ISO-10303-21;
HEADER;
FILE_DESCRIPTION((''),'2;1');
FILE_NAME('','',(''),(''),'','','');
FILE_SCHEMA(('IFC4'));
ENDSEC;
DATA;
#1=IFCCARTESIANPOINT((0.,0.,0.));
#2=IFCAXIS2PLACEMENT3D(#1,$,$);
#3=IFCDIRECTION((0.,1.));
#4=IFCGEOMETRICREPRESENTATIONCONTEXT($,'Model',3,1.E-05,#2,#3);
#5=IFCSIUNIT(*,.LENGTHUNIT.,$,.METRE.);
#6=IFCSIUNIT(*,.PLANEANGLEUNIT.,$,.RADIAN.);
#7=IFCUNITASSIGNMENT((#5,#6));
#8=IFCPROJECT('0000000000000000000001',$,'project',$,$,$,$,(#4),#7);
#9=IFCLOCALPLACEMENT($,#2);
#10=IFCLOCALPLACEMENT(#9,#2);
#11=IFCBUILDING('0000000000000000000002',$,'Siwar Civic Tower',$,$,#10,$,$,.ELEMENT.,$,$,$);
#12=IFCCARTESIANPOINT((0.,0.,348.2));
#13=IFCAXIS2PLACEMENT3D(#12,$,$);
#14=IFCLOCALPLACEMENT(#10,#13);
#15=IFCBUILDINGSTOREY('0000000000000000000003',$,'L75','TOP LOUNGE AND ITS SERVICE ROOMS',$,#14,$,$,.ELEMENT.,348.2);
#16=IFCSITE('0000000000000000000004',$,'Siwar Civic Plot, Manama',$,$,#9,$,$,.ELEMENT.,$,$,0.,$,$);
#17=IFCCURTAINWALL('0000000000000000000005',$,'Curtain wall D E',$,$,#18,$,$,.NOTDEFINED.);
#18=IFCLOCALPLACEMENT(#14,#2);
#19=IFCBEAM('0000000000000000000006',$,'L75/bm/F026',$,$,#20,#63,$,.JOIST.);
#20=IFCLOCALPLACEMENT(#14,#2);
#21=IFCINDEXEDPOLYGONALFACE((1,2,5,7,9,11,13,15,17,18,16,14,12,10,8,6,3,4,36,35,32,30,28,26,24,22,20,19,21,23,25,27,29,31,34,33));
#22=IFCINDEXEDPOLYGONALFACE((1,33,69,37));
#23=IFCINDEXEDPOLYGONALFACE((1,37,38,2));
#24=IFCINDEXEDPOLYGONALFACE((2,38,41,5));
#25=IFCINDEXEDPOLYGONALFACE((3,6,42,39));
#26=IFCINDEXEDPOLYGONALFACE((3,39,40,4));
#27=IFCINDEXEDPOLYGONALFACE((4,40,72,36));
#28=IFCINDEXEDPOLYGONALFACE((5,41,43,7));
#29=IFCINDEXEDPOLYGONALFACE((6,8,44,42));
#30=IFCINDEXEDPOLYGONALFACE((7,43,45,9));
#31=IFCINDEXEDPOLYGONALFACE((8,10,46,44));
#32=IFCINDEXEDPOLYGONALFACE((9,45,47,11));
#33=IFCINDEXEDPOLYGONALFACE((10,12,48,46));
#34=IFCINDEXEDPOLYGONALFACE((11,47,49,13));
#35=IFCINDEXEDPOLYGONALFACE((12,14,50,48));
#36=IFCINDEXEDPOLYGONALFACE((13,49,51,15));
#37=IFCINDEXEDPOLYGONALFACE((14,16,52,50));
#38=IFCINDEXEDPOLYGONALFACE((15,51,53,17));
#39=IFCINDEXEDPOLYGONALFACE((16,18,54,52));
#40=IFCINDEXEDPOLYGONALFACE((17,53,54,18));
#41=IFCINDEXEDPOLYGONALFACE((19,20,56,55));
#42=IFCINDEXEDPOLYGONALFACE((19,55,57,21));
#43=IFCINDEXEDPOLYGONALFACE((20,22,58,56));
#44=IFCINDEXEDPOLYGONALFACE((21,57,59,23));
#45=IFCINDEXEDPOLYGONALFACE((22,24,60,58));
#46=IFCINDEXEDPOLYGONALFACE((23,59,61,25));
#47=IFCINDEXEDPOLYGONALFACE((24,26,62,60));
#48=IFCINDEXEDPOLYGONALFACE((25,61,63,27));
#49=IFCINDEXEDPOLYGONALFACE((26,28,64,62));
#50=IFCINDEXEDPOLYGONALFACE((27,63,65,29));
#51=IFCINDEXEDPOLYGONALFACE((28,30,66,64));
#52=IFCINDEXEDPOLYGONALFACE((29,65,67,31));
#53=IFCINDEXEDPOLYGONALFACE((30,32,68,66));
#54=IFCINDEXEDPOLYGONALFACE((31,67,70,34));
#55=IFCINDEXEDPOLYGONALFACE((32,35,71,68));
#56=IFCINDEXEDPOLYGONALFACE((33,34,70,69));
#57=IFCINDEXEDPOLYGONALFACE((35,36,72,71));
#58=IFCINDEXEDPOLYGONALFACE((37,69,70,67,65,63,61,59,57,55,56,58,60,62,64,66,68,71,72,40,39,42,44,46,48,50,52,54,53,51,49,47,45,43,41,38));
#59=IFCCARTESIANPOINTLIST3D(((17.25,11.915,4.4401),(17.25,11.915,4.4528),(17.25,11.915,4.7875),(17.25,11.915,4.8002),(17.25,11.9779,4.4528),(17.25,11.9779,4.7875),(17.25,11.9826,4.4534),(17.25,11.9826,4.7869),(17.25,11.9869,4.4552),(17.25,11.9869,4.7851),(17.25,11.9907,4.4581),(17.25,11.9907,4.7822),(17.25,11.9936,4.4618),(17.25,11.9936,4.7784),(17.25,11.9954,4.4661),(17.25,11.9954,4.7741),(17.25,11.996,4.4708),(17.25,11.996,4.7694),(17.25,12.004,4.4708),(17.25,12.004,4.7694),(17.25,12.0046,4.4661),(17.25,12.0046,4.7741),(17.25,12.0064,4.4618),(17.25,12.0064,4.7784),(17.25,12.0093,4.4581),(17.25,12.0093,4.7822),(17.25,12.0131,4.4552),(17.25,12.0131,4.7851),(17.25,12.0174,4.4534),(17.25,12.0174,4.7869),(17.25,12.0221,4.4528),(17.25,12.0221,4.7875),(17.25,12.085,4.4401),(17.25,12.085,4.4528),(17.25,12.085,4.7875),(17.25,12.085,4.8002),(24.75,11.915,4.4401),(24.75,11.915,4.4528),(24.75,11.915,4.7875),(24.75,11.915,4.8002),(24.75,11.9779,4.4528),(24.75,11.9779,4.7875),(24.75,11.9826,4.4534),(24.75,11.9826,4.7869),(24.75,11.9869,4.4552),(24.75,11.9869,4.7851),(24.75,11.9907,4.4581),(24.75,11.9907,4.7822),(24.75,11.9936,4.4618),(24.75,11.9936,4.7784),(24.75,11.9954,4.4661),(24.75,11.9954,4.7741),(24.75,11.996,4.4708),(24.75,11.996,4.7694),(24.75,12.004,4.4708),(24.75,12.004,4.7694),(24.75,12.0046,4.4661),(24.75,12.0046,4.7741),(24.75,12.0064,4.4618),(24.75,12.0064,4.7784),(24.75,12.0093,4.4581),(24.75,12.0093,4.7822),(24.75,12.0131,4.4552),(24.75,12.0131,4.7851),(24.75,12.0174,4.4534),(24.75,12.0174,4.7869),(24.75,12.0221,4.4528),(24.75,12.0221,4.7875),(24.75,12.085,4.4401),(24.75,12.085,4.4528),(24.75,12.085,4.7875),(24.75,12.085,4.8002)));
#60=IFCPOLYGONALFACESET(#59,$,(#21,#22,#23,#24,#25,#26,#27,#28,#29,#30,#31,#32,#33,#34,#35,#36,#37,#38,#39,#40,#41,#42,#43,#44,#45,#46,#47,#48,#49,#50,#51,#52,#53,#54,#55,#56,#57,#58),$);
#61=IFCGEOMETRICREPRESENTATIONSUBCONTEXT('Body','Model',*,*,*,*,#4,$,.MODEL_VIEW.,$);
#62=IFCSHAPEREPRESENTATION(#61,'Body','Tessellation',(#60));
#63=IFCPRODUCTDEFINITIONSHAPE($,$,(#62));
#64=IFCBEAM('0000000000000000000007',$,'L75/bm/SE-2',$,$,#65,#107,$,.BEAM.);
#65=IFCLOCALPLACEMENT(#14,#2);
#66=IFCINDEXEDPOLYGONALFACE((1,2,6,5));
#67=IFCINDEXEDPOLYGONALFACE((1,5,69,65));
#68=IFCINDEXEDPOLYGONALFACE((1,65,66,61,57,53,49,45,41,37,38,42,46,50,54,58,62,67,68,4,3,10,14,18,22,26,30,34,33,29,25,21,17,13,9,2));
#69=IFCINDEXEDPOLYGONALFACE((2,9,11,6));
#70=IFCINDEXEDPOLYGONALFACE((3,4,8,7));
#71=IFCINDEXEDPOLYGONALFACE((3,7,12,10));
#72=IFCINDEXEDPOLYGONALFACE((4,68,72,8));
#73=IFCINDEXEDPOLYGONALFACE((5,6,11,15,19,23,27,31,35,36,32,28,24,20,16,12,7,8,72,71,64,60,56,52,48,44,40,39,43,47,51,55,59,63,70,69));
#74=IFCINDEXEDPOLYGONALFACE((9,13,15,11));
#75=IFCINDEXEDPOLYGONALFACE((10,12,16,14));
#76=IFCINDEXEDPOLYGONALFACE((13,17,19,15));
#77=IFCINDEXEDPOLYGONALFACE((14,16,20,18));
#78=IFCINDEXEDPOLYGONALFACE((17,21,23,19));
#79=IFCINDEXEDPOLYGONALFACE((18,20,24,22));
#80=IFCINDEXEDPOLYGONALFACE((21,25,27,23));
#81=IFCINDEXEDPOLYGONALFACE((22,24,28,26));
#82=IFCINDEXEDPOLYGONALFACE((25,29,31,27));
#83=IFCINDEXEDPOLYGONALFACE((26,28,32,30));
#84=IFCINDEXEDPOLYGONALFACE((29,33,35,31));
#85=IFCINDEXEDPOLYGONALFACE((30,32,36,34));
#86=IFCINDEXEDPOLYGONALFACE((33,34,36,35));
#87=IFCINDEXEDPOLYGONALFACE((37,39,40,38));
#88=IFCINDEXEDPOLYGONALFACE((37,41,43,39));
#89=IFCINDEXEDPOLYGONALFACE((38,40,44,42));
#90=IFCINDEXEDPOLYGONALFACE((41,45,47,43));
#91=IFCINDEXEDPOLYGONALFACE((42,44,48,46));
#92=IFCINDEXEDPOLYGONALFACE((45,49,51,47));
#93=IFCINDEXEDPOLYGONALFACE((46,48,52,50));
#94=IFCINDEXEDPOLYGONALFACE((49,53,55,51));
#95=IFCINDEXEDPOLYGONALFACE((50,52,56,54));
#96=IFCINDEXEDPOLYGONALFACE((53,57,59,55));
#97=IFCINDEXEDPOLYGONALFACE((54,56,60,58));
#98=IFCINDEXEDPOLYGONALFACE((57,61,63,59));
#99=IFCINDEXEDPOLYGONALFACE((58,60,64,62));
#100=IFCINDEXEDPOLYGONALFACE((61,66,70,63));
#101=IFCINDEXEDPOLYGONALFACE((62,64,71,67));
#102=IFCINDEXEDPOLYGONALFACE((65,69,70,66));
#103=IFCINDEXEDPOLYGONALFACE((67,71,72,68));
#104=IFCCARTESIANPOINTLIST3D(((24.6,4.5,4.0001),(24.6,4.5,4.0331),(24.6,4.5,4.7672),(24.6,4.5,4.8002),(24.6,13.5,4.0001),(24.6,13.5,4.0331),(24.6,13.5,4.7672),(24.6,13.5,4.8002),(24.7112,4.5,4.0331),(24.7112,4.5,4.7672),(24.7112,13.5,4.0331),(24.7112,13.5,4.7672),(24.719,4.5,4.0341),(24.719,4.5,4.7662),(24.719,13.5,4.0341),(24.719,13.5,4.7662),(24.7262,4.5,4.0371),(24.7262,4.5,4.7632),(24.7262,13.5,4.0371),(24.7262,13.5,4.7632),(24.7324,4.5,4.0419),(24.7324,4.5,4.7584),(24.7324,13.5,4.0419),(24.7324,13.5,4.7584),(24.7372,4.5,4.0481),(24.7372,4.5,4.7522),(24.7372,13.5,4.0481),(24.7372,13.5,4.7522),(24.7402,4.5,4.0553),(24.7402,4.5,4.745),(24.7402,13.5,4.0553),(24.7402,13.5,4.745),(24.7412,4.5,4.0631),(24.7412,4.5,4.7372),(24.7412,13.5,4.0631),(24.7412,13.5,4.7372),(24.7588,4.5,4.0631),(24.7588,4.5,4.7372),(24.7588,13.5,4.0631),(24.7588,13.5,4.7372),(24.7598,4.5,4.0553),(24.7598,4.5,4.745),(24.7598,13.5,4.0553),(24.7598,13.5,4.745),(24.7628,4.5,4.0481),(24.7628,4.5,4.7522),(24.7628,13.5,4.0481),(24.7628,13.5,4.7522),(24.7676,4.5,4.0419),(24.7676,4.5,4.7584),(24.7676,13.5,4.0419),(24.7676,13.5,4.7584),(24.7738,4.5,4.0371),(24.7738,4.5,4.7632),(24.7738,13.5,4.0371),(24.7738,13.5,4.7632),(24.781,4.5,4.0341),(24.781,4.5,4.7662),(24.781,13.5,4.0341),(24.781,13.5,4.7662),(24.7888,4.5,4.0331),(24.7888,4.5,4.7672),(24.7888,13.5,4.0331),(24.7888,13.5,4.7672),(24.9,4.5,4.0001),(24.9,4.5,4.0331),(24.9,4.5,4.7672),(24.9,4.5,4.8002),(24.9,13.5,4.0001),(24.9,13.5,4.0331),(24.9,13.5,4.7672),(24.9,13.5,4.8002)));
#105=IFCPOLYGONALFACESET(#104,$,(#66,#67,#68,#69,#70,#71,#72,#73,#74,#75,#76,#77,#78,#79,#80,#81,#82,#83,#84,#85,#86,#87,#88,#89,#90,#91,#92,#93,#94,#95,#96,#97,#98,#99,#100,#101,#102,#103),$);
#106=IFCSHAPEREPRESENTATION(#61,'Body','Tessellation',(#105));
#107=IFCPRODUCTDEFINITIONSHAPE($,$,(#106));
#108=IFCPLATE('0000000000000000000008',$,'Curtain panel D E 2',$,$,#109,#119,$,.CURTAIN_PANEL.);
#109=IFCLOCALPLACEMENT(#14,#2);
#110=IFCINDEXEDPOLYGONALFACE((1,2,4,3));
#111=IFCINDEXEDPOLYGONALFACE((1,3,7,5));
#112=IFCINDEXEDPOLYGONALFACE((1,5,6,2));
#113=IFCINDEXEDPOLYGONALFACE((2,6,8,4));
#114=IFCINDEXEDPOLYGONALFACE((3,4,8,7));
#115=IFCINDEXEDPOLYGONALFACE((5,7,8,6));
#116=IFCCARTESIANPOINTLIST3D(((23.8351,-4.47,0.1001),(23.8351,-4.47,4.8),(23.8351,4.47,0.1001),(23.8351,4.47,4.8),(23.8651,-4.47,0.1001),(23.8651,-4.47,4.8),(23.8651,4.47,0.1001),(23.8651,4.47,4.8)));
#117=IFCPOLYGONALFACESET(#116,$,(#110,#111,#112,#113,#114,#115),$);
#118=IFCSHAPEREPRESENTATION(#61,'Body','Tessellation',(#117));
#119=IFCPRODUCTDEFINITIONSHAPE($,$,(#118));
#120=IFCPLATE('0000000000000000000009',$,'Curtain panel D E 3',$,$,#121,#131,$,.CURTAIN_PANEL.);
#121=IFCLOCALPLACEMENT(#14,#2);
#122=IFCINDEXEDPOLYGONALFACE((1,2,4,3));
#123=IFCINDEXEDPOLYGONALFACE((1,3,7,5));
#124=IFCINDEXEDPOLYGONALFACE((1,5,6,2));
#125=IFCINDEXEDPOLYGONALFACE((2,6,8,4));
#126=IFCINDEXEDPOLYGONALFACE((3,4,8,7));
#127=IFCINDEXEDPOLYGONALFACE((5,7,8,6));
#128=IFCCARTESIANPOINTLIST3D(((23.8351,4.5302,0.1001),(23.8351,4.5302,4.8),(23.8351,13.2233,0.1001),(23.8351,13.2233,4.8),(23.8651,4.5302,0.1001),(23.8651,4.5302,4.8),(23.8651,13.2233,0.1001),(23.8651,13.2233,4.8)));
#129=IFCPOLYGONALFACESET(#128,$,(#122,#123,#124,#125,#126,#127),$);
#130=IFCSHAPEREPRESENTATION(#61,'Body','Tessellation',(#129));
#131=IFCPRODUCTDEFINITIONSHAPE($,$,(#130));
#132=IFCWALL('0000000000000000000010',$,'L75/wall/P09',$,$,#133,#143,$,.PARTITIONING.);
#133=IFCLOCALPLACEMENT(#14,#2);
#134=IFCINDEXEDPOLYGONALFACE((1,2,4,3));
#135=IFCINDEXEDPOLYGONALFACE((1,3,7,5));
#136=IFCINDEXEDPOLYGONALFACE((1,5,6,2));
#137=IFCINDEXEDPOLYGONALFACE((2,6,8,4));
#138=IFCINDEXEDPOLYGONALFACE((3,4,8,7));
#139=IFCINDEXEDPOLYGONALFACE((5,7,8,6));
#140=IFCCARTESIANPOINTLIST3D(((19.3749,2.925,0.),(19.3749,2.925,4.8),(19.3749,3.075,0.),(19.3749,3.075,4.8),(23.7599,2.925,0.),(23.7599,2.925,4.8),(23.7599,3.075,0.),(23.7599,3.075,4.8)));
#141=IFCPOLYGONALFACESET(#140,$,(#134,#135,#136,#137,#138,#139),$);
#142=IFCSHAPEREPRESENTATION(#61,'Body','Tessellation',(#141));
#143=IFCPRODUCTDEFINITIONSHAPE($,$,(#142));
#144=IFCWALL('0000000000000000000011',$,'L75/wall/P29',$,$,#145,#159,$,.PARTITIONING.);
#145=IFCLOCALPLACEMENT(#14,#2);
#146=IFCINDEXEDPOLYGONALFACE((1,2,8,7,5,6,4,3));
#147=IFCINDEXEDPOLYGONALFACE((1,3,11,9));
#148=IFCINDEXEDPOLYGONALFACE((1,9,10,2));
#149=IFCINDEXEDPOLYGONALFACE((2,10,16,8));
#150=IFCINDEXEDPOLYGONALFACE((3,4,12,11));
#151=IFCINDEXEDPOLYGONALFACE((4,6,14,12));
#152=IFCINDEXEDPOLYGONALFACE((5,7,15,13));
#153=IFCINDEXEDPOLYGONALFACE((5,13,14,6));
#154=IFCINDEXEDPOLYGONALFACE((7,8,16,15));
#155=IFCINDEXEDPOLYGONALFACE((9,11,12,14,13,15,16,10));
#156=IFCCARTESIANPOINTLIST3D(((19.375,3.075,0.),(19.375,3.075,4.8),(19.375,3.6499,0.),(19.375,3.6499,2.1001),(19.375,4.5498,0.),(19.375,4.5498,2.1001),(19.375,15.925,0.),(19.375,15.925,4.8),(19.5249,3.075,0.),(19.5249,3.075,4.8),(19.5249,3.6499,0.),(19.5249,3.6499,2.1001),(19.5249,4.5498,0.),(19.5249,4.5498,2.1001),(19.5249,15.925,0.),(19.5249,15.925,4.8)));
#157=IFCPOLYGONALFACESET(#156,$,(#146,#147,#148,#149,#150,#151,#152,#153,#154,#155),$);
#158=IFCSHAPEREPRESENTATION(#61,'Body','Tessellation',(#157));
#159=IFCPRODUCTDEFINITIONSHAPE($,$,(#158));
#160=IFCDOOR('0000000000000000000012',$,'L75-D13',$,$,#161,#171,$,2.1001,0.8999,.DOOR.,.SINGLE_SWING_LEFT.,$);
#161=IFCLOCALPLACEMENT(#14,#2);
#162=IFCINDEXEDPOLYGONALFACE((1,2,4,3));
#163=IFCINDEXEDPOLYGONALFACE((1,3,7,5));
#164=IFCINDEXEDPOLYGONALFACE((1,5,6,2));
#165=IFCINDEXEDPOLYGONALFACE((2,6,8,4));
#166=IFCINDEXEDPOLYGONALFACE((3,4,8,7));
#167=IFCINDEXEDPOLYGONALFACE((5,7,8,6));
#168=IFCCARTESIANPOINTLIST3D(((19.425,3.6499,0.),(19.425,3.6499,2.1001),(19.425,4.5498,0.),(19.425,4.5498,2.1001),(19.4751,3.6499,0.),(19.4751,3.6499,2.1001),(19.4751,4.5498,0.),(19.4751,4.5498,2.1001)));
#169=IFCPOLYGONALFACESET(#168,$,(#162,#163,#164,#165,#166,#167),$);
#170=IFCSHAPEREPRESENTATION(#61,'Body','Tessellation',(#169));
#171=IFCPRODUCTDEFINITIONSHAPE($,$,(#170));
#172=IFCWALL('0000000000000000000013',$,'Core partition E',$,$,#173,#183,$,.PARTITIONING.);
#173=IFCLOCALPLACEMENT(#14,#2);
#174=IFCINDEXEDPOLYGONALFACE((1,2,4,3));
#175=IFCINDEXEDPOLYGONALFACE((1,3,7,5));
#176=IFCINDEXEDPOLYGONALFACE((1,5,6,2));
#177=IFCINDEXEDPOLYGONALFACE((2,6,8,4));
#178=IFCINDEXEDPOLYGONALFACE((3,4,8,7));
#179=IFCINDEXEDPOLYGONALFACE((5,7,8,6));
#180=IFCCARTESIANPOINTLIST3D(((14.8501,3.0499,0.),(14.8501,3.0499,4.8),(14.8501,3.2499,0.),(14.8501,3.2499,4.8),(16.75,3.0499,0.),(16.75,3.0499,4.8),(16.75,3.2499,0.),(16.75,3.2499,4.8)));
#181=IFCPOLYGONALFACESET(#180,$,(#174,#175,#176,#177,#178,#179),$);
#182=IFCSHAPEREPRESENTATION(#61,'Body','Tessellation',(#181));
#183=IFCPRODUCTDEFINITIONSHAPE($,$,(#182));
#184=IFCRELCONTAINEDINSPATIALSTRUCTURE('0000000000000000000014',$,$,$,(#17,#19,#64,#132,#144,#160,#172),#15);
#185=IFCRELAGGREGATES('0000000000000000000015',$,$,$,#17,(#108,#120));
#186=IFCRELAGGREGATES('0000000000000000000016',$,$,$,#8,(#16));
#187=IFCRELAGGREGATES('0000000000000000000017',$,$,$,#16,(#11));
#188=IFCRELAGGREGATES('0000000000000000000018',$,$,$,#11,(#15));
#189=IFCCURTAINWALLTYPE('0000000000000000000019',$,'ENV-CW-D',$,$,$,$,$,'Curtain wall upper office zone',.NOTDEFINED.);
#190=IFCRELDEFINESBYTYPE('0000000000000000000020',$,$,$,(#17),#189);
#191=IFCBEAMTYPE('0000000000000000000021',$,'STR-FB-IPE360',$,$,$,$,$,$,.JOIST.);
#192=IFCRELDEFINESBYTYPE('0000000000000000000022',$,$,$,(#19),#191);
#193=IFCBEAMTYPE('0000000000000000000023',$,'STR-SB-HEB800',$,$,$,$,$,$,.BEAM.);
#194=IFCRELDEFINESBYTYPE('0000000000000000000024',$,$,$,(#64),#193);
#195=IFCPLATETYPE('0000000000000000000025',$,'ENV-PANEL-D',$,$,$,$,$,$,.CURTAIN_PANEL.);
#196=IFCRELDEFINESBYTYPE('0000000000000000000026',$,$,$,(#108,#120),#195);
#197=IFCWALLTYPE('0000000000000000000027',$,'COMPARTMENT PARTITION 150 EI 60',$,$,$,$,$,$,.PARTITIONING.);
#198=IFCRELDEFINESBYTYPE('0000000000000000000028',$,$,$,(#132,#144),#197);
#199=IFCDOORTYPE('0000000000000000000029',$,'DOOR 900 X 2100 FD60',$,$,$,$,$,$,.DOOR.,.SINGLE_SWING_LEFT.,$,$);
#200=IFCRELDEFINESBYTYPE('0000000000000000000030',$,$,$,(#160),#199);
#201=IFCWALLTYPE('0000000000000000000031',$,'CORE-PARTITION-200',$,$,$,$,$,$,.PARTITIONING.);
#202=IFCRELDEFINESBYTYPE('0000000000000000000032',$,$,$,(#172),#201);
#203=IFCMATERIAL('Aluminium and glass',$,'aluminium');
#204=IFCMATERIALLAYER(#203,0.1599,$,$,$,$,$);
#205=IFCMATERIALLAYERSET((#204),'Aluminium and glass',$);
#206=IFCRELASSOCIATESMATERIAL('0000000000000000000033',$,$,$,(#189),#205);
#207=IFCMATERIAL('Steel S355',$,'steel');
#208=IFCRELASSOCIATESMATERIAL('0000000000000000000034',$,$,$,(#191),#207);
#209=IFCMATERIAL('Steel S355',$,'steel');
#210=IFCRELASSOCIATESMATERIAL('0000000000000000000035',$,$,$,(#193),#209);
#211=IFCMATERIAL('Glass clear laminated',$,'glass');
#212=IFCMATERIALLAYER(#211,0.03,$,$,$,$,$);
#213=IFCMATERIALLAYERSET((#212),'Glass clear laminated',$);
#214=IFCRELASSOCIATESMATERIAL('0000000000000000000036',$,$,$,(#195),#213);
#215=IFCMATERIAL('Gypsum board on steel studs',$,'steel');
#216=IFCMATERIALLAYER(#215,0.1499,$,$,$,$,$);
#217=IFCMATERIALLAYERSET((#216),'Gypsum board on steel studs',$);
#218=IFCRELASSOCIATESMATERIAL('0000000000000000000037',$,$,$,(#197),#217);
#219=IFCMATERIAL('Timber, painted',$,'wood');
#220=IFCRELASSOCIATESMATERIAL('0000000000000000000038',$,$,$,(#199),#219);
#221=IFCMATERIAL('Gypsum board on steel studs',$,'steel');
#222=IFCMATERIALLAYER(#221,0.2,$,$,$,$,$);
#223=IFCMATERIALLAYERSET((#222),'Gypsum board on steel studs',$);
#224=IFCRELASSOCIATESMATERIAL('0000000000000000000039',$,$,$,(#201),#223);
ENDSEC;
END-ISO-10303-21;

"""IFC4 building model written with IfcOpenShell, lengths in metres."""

from ifc_helpers import new_model, si_unit, direction, frame, frame_2d, origin, origin_2d, place, context, subcontext, project, spatial, rectangle, i_section, extrude, material, layer, layer_set, material_profile, profile_set, type_object, element, fill, aggregate, save


model = new_model("IFC4")

# Units and contexts
model_context = context("Model", 3, precision=1e-05, world=origin(), true_north=direction((0.0, 1.0)))
body_context = subcontext(model_context, "Body", "Model", "MODEL_VIEW")
ifc_project = project(units=[si_unit("LENGTHUNIT", "METRE"), si_unit("PLANEANGLEUNIT", "RADIAN")], contexts=[model_context])

# Site, building, storey
site_placement = place(None, origin())
site = spatial("IfcSite", under=ifc_project, at=site_placement, Name="Siwar Civic Plot, Manama", CompositionType="ELEMENT", RefElevation=0.0)
building_placement = place(site_placement, origin())
building = spatial("IfcBuilding", under=site, at=building_placement, Name="Siwar Civic Tower", CompositionType="ELEMENT")
storey_placement = place(building_placement, frame((0.0, 0.0, 348.2)))
storey = spatial("IfcBuildingStorey", under=building, at=storey_placement, Name="L75", Description="TOP LOUNGE AND ITS SERVICE ROOMS", CompositionType="ELEMENT", Elevation=348.2)

# Curtain wall
ifc_material_1 = material(Name="Aluminium and glass", Category="aluminium")
ifc_layer_1 = layer(ifc_material_1, 0.1599)
ifc_layer_set_1 = layer_set([ifc_layer_1], Name="Aluminium and glass")
curtain_wall_type_1 = type_object("IfcCurtainWallType", Name="ENV-CW-D", ElementType="Curtain wall upper office zone", PredefinedType="NOTDEFINED", material=ifc_layer_set_1)
curtain_wall_1_placement = place(storey_placement, origin())
curtain_wall_1 = element("IfcCurtainWall", 1, at=curtain_wall_1_placement, inside=storey, type_object=curtain_wall_type_1, Name="Curtain wall D E", PredefinedType="NOTDEFINED")

# Beams
ifc_material_2 = material(Name="Steel S355", Category="steel")
ifc_material_profile_1 = material_profile(ifc_material_2, i_section(OverallWidth=0.1699, OverallDepth=0.3601, WebThickness=0.0081, FlangeThickness=0.0127, FilletRadius=0.0181, at=origin_2d()), Name="IPE360")
ifc_profile_set_1 = profile_set([ifc_material_profile_1], Name="Steel S355")
beam_type_1 = type_object("IfcBeamType", Name="STR-FB-IPE360", PredefinedType="JOIST", material=ifc_profile_set_1)
for number, where, z_axis, x_axis, name in (
    (2, (17.25, 12.0, 4.6201), (1.0, 0.0, 0.0), (0.0, 1.0, 0.0), "L75/bm/F026"),
):
    element("IfcBeam", number, at=place(storey_placement, frame(where, z_axis=z_axis, x_axis=x_axis)), inside=storey, type_object=beam_type_1, Name=name, PredefinedType="JOIST", context=body_context, shape_type="SweptSolid", body=[
        extrude(i_section(OverallWidth=0.1699, OverallDepth=0.3601, WebThickness=0.0081, FlangeThickness=0.0127, FilletRadius=0.0181, at=origin_2d()), origin(), (0.0, 0.0, 1.0), 7.5),
    ])
ifc_material_3 = material(Name="Steel S355", Category="steel")
ifc_material_profile_2 = material_profile(ifc_material_3, i_section(OverallWidth=0.3, OverallDepth=0.8, WebThickness=0.0176, FlangeThickness=0.033, FilletRadius=0.03, at=origin_2d()), Name="HEB800")
ifc_profile_set_2 = profile_set([ifc_material_profile_2], Name="Steel S355")
beam_type_2 = type_object("IfcBeamType", Name="STR-SB-HEB800", PredefinedType="BEAM", material=ifc_profile_set_2)
beam_placement = place(storey_placement, frame((24.75, 4.5, 4.4001), z_axis=(0.0, 1.0, 0.0), x_axis=(-1.0, 0.0, 0.0)))
element("IfcBeam", 3, at=beam_placement, inside=storey, type_object=beam_type_2, Name="L75/bm/SE-2", PredefinedType="BEAM", context=body_context, shape_type="SweptSolid", body=[
    extrude(i_section(OverallWidth=0.3, OverallDepth=0.8, WebThickness=0.0176, FlangeThickness=0.033, FilletRadius=0.03, at=origin_2d()), origin(), (0.0, 0.0, 1.0), 9.0),
])

# Plates
ifc_material_4 = material(Name="Glass clear laminated", Category="glass")
ifc_layer_2 = layer(ifc_material_4, 0.03)
ifc_layer_set_2 = layer_set([ifc_layer_2], Name="Glass clear laminated")
plate_type = type_object("IfcPlateType", Name="ENV-PANEL-D", PredefinedType="CURTAIN_PANEL", material=ifc_layer_set_2)
plate_1_placement = place(storey_placement, frame((23.8501, 0.0, 0.1001), z_axis=(0.0, 0.0, 1.0), x_axis=(0.0, 1.0, 0.0)))
plate_1 = element("IfcPlate", 4, at=plate_1_placement, type_object=plate_type, Name="Curtain panel D E 2", PredefinedType="CURTAIN_PANEL", context=body_context, shape_type="SweptSolid", body=[
    extrude(rectangle(XDim=8.9399, YDim=0.03, at=origin_2d()), origin(), (0.0, 0.0, 1.0), 4.7),
])
plate_2_placement = place(storey_placement, frame((23.8501, 8.8767, 0.1001), z_axis=(0.0, 0.0, 1.0), x_axis=(0.0, 1.0, 0.0)))
plate_2 = element("IfcPlate", 5, at=plate_2_placement, type_object=plate_type, Name="Curtain panel D E 3", PredefinedType="CURTAIN_PANEL", context=body_context, shape_type="SweptSolid", body=[
    extrude(rectangle(XDim=8.6931, YDim=0.03, at=origin_2d()), origin(), (0.0, 0.0, 1.0), 4.7),
])
aggregate(curtain_wall_1, [plate_1, plate_2])

# Wall
ifc_material_5 = material(Name="Gypsum board on steel studs", Category="steel")
ifc_layer_3 = layer(ifc_material_5, 0.1499)
ifc_layer_set_3 = layer_set([ifc_layer_3], Name="Gypsum board on steel studs")
wall_type_1 = type_object("IfcWallType", Name="COMPARTMENT PARTITION 150 EI 60", PredefinedType="PARTITIONING", material=ifc_layer_set_3)
wall_1_placement = place(storey_placement, frame((19.375, 3.0, 0.0), z_axis=(0.0, 0.0, 1.0), x_axis=(1.0, 0.0, 0.0)))
element("IfcWall", 6, at=wall_1_placement, inside=storey, type_object=wall_type_1, Name="L75/wall/P09", PredefinedType="PARTITIONING", context=body_context, shape_type="SweptSolid", body=[
    extrude(rectangle(XDim=4.385, YDim=0.1499, at=frame_2d((2.1924, 0.0))), origin(), (0.0, 0.0, 1.0), 4.8),
])

# Wall, opening, door
wall_2_placement = place(storey_placement, frame((19.45, 3.075, 0.0), z_axis=(0.0, 0.0, 1.0), x_axis=(0.0, 1.0, 0.0)))
wall_2 = element("IfcWall", 7, at=wall_2_placement, inside=storey, type_object=wall_type_1, Name="L75/wall/P29", PredefinedType="PARTITIONING", context=body_context, shape_type="SweptSolid", body=[
    extrude(rectangle(XDim=12.8501, YDim=0.1499, at=frame_2d((6.425, 0.0))), origin(), (0.0, 0.0, 1.0), 4.8),
])
opening_placement = place(wall_2_placement, frame((0.575, 0.0, 0.0)))
opening = element("IfcOpeningElement", 8, at=opening_placement, cuts=wall_2, PredefinedType="OPENING", context=body_context, shape_type="SweptSolid", body=[
    extrude(rectangle(XDim=0.8999, YDim=2.1001, at=frame_2d((0.45, 1.05))), frame((0.0, 0.085, 0.0), z_axis=(0.0, -1.0, 0.0), x_axis=(1.0, 0.0, 0.0)), (0.0, 0.0, 1.0), 0.1699),
])
ifc_material_6 = material(Name="Timber, painted", Category="wood")
door_type = type_object("IfcDoorType", Name="DOOR 900 X 2100 FD60", OperationType="SINGLE_SWING_LEFT", PredefinedType="DOOR", material=ifc_material_6)
door_placement = place(opening_placement, origin())
door = element("IfcDoor", 9, at=door_placement, inside=storey, type_object=door_type, Name="L75-D13", OperationType="SINGLE_SWING_LEFT", OverallHeight=2.1001, OverallWidth=0.8999, PredefinedType="DOOR", context=body_context, shape_type="SweptSolid", body=[
    extrude(rectangle(XDim=0.8999, YDim=2.1001, at=frame_2d((0.45, 1.05))), frame((0.0, 0.0249, 0.0), z_axis=(0.0, -1.0, 0.0), x_axis=(1.0, 0.0, 0.0)), (0.0, 0.0, 1.0), 0.05),
])
fill(opening, door)

# Wall
ifc_material_7 = material(Name="Gypsum board on steel studs", Category="steel")
ifc_layer_4 = layer(ifc_material_7, 0.2)
ifc_layer_set_4 = layer_set([ifc_layer_4], Name="Gypsum board on steel studs")
wall_type_2 = type_object("IfcWallType", Name="CORE-PARTITION-200", PredefinedType="PARTITIONING", material=ifc_layer_set_4)
for number, where, z_axis, x_axis, name in (
    (10, (14.8501, 3.1499, 0.0), (0.0, 0.0, 1.0), (1.0, 0.0, 0.0), "Core partition E"),
):
    element("IfcWall", number, at=place(storey_placement, frame(where, z_axis=z_axis, x_axis=x_axis)), inside=storey, type_object=wall_type_2, Name=name, PredefinedType="PARTITIONING", context=body_context, shape_type="SweptSolid", body=[
        extrude(rectangle(XDim=1.8999, YDim=0.2, at=frame_2d((0.95, 0.0))), origin(), (0.0, 0.0, 1.0), 4.8),
    ])

save(model, "model.ifc")
